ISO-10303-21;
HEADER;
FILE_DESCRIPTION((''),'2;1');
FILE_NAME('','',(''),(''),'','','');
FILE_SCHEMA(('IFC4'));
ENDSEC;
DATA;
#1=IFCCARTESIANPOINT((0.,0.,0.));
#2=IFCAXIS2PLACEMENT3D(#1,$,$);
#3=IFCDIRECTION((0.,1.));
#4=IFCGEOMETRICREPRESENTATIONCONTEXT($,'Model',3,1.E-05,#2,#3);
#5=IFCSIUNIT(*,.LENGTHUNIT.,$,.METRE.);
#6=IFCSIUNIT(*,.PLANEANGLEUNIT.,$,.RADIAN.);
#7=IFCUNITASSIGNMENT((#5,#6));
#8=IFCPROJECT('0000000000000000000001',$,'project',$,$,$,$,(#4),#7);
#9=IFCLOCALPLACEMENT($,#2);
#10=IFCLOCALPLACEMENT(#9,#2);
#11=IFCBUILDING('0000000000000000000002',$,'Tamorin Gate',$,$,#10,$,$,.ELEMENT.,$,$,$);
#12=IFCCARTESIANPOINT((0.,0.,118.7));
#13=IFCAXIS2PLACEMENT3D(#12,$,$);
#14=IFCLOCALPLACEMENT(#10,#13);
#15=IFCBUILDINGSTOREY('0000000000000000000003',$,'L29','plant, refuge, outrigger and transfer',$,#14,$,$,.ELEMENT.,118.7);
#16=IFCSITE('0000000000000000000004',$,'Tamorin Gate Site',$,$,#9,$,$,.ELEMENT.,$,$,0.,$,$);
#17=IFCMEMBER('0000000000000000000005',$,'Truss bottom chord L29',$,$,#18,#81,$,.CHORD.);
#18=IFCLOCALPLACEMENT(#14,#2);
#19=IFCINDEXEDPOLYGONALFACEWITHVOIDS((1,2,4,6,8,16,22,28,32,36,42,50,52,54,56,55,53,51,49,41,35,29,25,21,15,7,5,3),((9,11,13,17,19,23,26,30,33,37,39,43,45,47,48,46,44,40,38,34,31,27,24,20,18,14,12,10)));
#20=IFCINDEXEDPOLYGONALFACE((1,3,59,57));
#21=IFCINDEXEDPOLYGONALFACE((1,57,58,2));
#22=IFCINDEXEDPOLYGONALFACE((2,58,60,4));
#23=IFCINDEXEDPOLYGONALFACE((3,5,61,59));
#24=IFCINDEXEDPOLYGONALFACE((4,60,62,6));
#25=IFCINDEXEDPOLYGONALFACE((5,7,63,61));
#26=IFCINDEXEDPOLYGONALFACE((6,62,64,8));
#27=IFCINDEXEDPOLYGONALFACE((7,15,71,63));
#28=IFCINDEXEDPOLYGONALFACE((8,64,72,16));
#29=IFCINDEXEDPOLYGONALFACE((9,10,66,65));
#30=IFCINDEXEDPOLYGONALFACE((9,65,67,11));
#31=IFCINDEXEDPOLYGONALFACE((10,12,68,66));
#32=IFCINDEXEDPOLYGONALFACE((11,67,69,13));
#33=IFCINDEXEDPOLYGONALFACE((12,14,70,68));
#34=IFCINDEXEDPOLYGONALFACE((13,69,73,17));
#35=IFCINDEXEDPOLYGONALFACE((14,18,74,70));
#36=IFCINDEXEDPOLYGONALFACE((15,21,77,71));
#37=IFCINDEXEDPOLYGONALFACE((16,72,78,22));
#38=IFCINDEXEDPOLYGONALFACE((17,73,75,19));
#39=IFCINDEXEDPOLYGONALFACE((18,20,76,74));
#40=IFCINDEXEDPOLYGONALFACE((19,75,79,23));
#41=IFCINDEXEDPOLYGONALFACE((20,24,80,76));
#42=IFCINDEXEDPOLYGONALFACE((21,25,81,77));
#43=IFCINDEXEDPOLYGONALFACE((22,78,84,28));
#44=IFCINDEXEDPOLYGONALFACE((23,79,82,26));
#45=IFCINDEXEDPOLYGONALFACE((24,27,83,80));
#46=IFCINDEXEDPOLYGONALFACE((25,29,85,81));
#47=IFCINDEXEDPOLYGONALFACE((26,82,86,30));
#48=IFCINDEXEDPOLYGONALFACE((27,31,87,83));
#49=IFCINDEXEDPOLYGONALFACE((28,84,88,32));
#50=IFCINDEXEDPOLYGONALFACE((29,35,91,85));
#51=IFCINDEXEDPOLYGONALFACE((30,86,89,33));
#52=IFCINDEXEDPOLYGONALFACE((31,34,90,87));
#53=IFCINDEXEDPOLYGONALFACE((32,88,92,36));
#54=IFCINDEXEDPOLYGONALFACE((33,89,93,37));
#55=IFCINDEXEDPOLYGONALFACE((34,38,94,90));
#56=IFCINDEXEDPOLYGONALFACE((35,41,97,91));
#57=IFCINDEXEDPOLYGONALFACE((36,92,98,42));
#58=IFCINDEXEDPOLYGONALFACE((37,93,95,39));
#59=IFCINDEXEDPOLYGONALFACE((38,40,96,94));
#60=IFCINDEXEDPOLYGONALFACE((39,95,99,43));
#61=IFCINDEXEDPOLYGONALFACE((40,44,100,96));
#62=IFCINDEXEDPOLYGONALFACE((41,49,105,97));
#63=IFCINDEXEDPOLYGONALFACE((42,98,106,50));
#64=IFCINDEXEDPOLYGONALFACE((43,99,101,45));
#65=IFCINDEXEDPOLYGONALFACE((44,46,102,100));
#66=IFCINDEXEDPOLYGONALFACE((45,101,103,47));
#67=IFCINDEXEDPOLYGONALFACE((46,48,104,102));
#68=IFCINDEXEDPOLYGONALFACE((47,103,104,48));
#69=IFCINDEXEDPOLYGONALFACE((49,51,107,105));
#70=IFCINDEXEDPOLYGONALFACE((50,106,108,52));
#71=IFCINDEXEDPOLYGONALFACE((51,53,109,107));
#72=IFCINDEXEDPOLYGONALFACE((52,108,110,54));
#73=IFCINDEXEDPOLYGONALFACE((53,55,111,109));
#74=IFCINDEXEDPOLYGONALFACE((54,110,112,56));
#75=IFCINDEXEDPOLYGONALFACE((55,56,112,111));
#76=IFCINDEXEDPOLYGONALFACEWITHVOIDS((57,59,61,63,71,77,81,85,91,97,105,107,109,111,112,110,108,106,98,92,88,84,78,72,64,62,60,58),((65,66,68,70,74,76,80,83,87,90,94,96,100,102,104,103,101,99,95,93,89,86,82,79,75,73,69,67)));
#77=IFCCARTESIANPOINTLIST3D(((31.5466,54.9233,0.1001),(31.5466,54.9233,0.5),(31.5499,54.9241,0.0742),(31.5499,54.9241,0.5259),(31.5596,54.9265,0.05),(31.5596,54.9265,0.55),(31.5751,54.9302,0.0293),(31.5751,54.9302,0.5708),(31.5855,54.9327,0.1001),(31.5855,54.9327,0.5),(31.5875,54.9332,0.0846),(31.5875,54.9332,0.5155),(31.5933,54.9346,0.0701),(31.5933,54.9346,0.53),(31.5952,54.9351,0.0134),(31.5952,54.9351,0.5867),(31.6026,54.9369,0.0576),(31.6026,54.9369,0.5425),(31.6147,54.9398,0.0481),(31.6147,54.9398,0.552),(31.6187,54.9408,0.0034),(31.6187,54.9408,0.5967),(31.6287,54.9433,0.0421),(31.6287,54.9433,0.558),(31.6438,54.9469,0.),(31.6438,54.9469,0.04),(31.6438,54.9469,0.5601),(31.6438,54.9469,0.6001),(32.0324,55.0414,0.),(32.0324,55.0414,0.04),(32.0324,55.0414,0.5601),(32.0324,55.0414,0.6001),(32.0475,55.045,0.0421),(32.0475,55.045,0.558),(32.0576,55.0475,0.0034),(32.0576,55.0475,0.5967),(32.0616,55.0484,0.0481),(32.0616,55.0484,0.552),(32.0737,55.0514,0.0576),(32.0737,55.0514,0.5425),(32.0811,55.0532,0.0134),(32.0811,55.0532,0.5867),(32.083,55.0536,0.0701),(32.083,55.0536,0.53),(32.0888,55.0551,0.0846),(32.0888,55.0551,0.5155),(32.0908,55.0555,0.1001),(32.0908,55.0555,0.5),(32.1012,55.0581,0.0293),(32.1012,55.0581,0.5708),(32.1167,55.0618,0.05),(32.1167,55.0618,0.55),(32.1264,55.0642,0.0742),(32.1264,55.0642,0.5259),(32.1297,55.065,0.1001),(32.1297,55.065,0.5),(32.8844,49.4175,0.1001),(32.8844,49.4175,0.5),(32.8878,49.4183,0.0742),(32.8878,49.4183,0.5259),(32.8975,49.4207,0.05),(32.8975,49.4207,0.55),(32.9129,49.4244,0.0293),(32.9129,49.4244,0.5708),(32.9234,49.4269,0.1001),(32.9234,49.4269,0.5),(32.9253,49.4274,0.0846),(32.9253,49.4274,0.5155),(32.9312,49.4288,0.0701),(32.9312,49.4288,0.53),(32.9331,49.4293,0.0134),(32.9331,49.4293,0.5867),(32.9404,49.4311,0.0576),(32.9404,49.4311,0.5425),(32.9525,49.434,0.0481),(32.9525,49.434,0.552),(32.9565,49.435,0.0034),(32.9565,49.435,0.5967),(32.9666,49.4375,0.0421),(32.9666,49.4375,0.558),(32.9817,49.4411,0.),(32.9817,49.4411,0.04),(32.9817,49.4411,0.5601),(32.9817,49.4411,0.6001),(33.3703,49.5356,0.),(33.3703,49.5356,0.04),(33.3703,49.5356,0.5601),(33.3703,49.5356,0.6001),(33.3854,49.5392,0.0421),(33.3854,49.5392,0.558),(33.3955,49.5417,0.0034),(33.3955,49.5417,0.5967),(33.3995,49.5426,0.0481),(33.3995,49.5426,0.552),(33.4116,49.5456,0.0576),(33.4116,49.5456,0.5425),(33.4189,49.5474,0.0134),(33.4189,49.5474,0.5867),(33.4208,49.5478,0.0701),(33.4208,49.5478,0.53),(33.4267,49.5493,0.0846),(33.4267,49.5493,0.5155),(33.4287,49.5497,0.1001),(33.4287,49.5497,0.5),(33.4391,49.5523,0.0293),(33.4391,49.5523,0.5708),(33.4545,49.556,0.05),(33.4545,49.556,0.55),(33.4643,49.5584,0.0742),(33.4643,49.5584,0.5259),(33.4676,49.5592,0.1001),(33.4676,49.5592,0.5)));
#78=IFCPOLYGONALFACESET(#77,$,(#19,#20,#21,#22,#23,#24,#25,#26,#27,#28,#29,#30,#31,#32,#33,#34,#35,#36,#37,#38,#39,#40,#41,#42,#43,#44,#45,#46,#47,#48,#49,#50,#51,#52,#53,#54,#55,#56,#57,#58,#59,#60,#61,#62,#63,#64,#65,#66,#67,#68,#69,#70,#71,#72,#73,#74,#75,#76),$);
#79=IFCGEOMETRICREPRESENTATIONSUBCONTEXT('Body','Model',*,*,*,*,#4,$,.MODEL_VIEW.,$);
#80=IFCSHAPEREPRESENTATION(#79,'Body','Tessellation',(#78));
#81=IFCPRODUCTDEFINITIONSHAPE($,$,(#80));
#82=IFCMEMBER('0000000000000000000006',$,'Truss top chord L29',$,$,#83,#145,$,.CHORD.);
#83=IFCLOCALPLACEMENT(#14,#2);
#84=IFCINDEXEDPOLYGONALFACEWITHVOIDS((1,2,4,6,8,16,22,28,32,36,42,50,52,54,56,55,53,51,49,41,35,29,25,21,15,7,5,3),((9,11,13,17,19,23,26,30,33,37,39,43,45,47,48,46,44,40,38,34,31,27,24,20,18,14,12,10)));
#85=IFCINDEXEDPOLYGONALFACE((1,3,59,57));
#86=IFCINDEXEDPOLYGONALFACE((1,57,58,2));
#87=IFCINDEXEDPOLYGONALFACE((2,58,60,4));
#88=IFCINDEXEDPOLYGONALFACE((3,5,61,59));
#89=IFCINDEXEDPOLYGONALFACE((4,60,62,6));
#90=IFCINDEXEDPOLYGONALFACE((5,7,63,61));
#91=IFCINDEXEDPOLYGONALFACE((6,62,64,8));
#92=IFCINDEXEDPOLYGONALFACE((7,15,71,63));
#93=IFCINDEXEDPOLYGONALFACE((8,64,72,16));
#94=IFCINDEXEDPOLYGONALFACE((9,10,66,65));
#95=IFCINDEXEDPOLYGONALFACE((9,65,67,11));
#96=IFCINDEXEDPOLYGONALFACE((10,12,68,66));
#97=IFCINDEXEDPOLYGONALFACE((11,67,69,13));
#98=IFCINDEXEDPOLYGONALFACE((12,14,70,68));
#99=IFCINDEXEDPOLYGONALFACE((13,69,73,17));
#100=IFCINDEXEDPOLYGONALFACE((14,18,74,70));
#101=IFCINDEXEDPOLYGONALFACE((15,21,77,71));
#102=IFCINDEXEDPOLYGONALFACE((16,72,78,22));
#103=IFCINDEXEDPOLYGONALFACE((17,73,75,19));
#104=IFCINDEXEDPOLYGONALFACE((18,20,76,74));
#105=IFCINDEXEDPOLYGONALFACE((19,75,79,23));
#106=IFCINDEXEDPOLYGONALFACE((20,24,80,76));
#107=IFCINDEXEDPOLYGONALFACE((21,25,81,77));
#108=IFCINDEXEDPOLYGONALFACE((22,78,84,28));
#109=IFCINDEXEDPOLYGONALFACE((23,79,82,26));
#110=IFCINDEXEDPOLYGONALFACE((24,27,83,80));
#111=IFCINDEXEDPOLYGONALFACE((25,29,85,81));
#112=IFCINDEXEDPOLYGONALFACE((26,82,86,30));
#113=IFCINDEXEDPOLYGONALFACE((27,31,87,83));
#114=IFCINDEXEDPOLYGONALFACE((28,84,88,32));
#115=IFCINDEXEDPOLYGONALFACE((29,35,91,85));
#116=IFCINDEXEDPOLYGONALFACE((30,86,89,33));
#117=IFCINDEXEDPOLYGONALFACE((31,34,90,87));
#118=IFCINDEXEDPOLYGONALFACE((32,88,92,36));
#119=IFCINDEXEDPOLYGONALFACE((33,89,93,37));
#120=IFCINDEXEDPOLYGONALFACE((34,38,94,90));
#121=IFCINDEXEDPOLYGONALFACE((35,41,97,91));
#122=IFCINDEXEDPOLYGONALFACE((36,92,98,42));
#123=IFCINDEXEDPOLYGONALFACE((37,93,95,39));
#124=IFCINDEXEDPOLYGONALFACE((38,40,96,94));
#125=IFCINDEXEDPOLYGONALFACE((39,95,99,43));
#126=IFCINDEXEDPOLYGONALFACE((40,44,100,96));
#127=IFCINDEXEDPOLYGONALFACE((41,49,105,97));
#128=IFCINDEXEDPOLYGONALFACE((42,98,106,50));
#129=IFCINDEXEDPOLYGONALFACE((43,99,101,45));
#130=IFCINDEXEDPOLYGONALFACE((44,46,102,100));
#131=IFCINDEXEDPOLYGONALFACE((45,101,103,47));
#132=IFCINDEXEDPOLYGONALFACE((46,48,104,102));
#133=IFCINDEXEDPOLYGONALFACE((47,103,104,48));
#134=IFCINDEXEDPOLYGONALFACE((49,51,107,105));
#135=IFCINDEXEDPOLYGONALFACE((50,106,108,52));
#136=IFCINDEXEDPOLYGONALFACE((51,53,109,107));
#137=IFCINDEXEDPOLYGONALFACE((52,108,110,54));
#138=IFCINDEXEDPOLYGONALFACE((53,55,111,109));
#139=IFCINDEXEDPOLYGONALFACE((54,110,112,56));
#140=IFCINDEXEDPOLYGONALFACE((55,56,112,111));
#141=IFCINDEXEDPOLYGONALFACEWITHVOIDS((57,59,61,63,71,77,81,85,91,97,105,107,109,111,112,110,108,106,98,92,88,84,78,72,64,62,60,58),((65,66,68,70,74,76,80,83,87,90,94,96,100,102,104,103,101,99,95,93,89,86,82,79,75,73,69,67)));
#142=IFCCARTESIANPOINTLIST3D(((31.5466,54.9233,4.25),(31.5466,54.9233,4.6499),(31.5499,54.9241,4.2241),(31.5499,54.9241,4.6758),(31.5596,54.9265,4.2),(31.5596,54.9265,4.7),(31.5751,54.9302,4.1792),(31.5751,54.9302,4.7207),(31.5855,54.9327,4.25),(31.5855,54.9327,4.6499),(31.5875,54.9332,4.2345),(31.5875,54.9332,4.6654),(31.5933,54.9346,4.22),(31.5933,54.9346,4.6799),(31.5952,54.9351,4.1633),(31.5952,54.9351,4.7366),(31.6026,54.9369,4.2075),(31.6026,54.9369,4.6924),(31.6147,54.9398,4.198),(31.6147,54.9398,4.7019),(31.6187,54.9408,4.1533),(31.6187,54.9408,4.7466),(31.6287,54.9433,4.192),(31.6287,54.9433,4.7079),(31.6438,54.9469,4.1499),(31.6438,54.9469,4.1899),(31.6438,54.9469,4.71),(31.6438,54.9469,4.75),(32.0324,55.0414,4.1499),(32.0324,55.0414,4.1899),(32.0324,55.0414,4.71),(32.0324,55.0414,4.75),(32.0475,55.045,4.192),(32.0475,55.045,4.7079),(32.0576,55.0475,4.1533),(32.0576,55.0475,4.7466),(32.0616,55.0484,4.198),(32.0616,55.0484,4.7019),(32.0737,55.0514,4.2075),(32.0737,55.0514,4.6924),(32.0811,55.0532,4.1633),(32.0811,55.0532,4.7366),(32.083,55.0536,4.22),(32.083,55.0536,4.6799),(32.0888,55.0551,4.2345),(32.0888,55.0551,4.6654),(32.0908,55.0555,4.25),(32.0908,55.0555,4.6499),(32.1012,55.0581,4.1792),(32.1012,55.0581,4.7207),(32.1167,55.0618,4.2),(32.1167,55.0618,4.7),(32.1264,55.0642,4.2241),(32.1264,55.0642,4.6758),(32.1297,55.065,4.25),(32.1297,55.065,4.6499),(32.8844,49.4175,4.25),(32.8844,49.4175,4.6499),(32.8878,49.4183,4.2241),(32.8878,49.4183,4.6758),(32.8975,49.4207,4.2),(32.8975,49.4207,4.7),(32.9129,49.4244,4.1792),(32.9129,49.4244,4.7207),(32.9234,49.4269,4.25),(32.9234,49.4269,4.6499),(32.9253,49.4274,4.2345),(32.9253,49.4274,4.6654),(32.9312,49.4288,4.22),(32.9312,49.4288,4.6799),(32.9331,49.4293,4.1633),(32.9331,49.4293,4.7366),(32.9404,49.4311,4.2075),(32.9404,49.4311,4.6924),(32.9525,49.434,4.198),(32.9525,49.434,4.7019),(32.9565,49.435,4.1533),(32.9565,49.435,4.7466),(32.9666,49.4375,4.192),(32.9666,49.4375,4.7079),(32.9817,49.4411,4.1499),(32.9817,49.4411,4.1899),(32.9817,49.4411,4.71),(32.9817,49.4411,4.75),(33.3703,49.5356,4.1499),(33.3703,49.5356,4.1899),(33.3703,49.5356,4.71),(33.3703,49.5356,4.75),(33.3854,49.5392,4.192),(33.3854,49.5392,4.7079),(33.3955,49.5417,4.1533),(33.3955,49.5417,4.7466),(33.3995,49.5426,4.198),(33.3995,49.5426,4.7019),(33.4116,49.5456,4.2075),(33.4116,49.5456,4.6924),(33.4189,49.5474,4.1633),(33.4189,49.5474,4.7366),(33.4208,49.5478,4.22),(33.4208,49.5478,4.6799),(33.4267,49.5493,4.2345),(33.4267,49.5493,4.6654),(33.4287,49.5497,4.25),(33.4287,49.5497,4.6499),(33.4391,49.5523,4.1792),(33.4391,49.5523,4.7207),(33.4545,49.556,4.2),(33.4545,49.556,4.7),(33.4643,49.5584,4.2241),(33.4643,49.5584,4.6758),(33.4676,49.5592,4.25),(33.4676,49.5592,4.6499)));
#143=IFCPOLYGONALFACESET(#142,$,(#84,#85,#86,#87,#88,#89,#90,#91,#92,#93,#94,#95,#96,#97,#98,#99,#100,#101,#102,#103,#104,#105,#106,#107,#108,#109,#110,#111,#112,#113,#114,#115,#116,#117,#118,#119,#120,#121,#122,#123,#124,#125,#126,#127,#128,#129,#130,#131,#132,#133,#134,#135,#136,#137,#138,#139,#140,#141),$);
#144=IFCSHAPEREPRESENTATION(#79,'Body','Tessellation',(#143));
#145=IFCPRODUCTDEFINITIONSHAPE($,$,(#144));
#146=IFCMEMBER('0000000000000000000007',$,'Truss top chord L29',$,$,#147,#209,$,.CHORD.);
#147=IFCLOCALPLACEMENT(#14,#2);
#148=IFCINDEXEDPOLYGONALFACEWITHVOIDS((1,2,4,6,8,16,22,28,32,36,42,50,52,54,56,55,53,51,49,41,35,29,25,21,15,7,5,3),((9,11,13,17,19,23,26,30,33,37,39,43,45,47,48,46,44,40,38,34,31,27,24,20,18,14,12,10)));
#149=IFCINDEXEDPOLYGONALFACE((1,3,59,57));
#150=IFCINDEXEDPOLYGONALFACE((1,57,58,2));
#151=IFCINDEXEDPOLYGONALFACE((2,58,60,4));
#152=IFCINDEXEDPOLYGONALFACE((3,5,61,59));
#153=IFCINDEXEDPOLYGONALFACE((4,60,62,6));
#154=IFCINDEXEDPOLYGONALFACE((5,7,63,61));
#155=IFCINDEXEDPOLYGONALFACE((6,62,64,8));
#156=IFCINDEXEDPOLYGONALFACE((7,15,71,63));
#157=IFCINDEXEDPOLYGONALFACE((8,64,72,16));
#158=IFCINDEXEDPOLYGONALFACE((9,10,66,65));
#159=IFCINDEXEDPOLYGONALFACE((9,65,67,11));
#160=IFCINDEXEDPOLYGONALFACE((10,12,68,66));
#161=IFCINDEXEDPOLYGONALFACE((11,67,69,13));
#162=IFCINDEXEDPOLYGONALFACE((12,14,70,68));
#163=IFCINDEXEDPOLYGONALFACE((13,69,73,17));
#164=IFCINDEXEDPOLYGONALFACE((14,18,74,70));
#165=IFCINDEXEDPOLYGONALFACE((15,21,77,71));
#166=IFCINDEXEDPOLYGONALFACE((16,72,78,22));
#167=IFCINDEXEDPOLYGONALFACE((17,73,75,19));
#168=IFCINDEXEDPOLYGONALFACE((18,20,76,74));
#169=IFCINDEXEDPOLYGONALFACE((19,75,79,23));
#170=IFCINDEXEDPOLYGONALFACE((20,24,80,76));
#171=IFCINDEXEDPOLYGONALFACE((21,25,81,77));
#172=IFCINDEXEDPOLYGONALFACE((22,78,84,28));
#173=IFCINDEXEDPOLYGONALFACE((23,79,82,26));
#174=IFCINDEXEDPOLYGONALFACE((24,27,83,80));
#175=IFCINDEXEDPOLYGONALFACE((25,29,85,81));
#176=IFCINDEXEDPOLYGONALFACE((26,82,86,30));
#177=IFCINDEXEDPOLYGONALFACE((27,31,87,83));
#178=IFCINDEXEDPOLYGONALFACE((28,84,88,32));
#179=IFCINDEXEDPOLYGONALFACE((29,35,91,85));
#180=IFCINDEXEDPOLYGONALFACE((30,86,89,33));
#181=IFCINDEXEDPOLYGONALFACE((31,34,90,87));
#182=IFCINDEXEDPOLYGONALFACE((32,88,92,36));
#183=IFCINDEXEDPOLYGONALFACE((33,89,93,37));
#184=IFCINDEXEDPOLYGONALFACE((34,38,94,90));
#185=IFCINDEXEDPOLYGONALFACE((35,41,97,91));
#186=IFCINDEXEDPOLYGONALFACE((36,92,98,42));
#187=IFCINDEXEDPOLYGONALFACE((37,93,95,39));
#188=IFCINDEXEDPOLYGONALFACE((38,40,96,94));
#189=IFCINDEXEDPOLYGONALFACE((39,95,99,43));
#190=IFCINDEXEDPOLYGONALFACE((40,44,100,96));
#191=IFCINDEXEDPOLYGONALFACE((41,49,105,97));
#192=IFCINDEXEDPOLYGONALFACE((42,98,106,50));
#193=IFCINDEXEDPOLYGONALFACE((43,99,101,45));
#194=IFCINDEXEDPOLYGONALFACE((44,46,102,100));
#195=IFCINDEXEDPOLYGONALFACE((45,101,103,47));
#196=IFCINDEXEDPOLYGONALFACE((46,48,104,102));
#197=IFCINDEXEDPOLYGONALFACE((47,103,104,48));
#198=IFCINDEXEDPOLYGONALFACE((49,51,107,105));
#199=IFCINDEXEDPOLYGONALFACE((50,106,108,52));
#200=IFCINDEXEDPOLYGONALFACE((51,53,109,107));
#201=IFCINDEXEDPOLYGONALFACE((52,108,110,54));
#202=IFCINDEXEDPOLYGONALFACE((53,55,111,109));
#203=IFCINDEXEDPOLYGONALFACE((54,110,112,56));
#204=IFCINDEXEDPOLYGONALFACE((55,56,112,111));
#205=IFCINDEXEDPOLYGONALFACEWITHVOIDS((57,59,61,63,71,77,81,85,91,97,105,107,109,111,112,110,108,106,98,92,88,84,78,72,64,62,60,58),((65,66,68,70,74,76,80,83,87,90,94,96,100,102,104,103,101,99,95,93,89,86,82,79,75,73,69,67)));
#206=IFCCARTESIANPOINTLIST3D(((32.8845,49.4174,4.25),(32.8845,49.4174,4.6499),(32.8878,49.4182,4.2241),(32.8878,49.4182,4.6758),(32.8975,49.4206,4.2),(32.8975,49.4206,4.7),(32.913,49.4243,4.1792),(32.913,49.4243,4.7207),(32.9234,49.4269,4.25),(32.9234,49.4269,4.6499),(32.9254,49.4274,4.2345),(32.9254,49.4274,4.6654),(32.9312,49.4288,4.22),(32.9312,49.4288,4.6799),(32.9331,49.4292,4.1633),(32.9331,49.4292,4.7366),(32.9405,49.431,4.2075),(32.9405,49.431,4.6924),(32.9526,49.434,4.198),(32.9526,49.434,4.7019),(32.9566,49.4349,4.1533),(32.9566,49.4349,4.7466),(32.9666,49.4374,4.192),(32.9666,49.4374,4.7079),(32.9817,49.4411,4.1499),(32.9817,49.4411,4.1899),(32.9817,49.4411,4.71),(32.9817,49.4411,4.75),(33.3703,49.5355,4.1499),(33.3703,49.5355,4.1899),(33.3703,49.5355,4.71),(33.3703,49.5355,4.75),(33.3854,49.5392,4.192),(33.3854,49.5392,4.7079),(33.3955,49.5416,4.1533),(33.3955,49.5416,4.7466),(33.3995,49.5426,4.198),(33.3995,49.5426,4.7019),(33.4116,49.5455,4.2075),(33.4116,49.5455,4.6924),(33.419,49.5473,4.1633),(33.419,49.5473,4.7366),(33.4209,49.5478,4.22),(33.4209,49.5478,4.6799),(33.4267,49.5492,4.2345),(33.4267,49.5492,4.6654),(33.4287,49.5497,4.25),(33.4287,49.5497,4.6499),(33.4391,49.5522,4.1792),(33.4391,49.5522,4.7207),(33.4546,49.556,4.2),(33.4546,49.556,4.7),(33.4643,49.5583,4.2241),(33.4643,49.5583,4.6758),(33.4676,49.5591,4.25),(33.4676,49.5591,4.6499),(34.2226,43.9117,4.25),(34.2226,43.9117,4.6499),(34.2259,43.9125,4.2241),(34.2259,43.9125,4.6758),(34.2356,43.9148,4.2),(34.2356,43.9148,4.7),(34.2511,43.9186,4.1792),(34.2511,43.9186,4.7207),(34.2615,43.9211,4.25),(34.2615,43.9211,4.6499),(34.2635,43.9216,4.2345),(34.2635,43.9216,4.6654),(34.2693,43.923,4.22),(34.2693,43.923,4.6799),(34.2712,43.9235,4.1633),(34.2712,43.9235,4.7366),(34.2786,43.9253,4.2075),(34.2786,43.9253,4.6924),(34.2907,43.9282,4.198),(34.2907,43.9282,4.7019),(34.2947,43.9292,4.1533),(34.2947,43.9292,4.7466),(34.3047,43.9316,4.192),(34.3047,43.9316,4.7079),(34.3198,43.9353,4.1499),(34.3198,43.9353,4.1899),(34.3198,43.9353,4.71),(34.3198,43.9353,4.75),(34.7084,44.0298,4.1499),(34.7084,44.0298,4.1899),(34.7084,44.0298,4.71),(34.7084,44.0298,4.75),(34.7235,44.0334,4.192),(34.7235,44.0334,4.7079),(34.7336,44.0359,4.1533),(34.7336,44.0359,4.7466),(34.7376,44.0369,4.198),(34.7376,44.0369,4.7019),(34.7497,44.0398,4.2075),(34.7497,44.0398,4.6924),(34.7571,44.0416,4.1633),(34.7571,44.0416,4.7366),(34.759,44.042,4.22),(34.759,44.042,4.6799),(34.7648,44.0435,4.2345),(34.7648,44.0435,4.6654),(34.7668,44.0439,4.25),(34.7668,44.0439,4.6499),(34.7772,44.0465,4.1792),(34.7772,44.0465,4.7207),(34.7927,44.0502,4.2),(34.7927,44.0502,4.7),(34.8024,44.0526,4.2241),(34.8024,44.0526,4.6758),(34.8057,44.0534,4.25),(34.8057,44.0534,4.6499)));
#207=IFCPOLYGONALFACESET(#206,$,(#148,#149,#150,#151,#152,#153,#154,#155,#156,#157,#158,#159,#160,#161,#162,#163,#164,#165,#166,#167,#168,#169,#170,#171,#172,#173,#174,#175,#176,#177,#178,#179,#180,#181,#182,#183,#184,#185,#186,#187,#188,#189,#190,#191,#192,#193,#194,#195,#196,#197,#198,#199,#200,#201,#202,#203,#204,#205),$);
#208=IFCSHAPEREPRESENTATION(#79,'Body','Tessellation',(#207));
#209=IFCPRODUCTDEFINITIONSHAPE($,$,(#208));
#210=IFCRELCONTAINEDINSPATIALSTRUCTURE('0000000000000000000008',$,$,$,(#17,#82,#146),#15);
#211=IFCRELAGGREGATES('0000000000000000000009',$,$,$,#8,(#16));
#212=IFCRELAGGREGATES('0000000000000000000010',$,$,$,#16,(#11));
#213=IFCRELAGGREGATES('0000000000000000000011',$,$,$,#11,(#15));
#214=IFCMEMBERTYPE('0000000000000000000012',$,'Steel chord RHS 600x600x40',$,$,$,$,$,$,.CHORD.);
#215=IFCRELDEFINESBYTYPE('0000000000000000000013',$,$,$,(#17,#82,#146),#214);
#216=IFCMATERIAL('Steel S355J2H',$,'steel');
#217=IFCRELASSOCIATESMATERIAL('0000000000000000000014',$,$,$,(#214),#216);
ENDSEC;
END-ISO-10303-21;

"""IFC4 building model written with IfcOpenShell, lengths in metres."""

from ifc_helpers import new_model, si_unit, direction, frame, origin, origin_2d, place, context, subcontext, project, spatial, hollow_rectangle, extrude, material, material_profile, profile_set, type_object, element, save


model = new_model("IFC4")

# Units and contexts
model_context = context("Model", 3, precision=1e-05, world=origin(), true_north=direction((0.0, 1.0)))
body_context = subcontext(model_context, "Body", "Model", "MODEL_VIEW")
ifc_project = project(units=[si_unit("LENGTHUNIT", "METRE"), si_unit("PLANEANGLEUNIT", "RADIAN")], contexts=[model_context])

# Site, building, storey
site_placement = place(None, origin())
site = spatial("IfcSite", under=ifc_project, at=site_placement, Name="Tamorin Gate Site", CompositionType="ELEMENT", RefElevation=0.0)
building_placement = place(site_placement, origin())
building = spatial("IfcBuilding", under=site, at=building_placement, Name="Tamorin Gate", CompositionType="ELEMENT")
storey_placement = place(building_placement, frame((0.0, 0.0, 118.7)))
storey = spatial("IfcBuildingStorey", under=building, at=storey_placement, Name="L29", Description="plant, refuge, outrigger and transfer", CompositionType="ELEMENT", Elevation=118.7)

# Members
ifc_material_1 = material(Name="Steel S355J2H", Category="steel")
ifc_material_profile_1 = material_profile(ifc_material_1, hollow_rectangle(XDim=0.6001, YDim=0.6001, WallThickness=0.04, InnerFilletRadius=0.0601, OuterFilletRadius=0.1001, at=origin_2d()), Name="RHS 600x600x40")
ifc_profile_set_1 = profile_set([ifc_material_profile_1], Name="Steel S355J2H")
member_type_1 = type_object("IfcMemberType", Name="Steel chord RHS 600x600x40", PredefinedType="CHORD", material=ifc_profile_set_1)
for number, where, z_axis, x_axis, name in (
    (1, (31.8381, 54.9941, 0.3), (0.236123, -0.971723, 0.0), (0.971723, 0.236123, 0.0), "Truss bottom chord L29"),
    (2, (31.8381, 54.9941, 4.45), (0.236123, -0.971723, 0.0), (0.971723, 0.236123, 0.0), "Truss top chord L29"),
    (3, (33.176, 49.4883, 4.45), (0.236164, -0.971713, 0.0), (0.971713, 0.236164, 0.0), "Truss top chord L29"),
):
    element("IfcMember", number, at=place(storey_placement, frame(where, z_axis=z_axis, x_axis=x_axis)), inside=storey, type_object=member_type_1, Name=name, PredefinedType="CHORD", context=body_context, shape_type="SweptSolid", body=[
        extrude(hollow_rectangle(XDim=0.6001, YDim=0.6001, WallThickness=0.04, InnerFilletRadius=0.0601, OuterFilletRadius=0.1001, at=origin_2d()), origin(), (0.0, 0.0, 1.0), 5.666),
    ])

save(model, "model.ifc")
